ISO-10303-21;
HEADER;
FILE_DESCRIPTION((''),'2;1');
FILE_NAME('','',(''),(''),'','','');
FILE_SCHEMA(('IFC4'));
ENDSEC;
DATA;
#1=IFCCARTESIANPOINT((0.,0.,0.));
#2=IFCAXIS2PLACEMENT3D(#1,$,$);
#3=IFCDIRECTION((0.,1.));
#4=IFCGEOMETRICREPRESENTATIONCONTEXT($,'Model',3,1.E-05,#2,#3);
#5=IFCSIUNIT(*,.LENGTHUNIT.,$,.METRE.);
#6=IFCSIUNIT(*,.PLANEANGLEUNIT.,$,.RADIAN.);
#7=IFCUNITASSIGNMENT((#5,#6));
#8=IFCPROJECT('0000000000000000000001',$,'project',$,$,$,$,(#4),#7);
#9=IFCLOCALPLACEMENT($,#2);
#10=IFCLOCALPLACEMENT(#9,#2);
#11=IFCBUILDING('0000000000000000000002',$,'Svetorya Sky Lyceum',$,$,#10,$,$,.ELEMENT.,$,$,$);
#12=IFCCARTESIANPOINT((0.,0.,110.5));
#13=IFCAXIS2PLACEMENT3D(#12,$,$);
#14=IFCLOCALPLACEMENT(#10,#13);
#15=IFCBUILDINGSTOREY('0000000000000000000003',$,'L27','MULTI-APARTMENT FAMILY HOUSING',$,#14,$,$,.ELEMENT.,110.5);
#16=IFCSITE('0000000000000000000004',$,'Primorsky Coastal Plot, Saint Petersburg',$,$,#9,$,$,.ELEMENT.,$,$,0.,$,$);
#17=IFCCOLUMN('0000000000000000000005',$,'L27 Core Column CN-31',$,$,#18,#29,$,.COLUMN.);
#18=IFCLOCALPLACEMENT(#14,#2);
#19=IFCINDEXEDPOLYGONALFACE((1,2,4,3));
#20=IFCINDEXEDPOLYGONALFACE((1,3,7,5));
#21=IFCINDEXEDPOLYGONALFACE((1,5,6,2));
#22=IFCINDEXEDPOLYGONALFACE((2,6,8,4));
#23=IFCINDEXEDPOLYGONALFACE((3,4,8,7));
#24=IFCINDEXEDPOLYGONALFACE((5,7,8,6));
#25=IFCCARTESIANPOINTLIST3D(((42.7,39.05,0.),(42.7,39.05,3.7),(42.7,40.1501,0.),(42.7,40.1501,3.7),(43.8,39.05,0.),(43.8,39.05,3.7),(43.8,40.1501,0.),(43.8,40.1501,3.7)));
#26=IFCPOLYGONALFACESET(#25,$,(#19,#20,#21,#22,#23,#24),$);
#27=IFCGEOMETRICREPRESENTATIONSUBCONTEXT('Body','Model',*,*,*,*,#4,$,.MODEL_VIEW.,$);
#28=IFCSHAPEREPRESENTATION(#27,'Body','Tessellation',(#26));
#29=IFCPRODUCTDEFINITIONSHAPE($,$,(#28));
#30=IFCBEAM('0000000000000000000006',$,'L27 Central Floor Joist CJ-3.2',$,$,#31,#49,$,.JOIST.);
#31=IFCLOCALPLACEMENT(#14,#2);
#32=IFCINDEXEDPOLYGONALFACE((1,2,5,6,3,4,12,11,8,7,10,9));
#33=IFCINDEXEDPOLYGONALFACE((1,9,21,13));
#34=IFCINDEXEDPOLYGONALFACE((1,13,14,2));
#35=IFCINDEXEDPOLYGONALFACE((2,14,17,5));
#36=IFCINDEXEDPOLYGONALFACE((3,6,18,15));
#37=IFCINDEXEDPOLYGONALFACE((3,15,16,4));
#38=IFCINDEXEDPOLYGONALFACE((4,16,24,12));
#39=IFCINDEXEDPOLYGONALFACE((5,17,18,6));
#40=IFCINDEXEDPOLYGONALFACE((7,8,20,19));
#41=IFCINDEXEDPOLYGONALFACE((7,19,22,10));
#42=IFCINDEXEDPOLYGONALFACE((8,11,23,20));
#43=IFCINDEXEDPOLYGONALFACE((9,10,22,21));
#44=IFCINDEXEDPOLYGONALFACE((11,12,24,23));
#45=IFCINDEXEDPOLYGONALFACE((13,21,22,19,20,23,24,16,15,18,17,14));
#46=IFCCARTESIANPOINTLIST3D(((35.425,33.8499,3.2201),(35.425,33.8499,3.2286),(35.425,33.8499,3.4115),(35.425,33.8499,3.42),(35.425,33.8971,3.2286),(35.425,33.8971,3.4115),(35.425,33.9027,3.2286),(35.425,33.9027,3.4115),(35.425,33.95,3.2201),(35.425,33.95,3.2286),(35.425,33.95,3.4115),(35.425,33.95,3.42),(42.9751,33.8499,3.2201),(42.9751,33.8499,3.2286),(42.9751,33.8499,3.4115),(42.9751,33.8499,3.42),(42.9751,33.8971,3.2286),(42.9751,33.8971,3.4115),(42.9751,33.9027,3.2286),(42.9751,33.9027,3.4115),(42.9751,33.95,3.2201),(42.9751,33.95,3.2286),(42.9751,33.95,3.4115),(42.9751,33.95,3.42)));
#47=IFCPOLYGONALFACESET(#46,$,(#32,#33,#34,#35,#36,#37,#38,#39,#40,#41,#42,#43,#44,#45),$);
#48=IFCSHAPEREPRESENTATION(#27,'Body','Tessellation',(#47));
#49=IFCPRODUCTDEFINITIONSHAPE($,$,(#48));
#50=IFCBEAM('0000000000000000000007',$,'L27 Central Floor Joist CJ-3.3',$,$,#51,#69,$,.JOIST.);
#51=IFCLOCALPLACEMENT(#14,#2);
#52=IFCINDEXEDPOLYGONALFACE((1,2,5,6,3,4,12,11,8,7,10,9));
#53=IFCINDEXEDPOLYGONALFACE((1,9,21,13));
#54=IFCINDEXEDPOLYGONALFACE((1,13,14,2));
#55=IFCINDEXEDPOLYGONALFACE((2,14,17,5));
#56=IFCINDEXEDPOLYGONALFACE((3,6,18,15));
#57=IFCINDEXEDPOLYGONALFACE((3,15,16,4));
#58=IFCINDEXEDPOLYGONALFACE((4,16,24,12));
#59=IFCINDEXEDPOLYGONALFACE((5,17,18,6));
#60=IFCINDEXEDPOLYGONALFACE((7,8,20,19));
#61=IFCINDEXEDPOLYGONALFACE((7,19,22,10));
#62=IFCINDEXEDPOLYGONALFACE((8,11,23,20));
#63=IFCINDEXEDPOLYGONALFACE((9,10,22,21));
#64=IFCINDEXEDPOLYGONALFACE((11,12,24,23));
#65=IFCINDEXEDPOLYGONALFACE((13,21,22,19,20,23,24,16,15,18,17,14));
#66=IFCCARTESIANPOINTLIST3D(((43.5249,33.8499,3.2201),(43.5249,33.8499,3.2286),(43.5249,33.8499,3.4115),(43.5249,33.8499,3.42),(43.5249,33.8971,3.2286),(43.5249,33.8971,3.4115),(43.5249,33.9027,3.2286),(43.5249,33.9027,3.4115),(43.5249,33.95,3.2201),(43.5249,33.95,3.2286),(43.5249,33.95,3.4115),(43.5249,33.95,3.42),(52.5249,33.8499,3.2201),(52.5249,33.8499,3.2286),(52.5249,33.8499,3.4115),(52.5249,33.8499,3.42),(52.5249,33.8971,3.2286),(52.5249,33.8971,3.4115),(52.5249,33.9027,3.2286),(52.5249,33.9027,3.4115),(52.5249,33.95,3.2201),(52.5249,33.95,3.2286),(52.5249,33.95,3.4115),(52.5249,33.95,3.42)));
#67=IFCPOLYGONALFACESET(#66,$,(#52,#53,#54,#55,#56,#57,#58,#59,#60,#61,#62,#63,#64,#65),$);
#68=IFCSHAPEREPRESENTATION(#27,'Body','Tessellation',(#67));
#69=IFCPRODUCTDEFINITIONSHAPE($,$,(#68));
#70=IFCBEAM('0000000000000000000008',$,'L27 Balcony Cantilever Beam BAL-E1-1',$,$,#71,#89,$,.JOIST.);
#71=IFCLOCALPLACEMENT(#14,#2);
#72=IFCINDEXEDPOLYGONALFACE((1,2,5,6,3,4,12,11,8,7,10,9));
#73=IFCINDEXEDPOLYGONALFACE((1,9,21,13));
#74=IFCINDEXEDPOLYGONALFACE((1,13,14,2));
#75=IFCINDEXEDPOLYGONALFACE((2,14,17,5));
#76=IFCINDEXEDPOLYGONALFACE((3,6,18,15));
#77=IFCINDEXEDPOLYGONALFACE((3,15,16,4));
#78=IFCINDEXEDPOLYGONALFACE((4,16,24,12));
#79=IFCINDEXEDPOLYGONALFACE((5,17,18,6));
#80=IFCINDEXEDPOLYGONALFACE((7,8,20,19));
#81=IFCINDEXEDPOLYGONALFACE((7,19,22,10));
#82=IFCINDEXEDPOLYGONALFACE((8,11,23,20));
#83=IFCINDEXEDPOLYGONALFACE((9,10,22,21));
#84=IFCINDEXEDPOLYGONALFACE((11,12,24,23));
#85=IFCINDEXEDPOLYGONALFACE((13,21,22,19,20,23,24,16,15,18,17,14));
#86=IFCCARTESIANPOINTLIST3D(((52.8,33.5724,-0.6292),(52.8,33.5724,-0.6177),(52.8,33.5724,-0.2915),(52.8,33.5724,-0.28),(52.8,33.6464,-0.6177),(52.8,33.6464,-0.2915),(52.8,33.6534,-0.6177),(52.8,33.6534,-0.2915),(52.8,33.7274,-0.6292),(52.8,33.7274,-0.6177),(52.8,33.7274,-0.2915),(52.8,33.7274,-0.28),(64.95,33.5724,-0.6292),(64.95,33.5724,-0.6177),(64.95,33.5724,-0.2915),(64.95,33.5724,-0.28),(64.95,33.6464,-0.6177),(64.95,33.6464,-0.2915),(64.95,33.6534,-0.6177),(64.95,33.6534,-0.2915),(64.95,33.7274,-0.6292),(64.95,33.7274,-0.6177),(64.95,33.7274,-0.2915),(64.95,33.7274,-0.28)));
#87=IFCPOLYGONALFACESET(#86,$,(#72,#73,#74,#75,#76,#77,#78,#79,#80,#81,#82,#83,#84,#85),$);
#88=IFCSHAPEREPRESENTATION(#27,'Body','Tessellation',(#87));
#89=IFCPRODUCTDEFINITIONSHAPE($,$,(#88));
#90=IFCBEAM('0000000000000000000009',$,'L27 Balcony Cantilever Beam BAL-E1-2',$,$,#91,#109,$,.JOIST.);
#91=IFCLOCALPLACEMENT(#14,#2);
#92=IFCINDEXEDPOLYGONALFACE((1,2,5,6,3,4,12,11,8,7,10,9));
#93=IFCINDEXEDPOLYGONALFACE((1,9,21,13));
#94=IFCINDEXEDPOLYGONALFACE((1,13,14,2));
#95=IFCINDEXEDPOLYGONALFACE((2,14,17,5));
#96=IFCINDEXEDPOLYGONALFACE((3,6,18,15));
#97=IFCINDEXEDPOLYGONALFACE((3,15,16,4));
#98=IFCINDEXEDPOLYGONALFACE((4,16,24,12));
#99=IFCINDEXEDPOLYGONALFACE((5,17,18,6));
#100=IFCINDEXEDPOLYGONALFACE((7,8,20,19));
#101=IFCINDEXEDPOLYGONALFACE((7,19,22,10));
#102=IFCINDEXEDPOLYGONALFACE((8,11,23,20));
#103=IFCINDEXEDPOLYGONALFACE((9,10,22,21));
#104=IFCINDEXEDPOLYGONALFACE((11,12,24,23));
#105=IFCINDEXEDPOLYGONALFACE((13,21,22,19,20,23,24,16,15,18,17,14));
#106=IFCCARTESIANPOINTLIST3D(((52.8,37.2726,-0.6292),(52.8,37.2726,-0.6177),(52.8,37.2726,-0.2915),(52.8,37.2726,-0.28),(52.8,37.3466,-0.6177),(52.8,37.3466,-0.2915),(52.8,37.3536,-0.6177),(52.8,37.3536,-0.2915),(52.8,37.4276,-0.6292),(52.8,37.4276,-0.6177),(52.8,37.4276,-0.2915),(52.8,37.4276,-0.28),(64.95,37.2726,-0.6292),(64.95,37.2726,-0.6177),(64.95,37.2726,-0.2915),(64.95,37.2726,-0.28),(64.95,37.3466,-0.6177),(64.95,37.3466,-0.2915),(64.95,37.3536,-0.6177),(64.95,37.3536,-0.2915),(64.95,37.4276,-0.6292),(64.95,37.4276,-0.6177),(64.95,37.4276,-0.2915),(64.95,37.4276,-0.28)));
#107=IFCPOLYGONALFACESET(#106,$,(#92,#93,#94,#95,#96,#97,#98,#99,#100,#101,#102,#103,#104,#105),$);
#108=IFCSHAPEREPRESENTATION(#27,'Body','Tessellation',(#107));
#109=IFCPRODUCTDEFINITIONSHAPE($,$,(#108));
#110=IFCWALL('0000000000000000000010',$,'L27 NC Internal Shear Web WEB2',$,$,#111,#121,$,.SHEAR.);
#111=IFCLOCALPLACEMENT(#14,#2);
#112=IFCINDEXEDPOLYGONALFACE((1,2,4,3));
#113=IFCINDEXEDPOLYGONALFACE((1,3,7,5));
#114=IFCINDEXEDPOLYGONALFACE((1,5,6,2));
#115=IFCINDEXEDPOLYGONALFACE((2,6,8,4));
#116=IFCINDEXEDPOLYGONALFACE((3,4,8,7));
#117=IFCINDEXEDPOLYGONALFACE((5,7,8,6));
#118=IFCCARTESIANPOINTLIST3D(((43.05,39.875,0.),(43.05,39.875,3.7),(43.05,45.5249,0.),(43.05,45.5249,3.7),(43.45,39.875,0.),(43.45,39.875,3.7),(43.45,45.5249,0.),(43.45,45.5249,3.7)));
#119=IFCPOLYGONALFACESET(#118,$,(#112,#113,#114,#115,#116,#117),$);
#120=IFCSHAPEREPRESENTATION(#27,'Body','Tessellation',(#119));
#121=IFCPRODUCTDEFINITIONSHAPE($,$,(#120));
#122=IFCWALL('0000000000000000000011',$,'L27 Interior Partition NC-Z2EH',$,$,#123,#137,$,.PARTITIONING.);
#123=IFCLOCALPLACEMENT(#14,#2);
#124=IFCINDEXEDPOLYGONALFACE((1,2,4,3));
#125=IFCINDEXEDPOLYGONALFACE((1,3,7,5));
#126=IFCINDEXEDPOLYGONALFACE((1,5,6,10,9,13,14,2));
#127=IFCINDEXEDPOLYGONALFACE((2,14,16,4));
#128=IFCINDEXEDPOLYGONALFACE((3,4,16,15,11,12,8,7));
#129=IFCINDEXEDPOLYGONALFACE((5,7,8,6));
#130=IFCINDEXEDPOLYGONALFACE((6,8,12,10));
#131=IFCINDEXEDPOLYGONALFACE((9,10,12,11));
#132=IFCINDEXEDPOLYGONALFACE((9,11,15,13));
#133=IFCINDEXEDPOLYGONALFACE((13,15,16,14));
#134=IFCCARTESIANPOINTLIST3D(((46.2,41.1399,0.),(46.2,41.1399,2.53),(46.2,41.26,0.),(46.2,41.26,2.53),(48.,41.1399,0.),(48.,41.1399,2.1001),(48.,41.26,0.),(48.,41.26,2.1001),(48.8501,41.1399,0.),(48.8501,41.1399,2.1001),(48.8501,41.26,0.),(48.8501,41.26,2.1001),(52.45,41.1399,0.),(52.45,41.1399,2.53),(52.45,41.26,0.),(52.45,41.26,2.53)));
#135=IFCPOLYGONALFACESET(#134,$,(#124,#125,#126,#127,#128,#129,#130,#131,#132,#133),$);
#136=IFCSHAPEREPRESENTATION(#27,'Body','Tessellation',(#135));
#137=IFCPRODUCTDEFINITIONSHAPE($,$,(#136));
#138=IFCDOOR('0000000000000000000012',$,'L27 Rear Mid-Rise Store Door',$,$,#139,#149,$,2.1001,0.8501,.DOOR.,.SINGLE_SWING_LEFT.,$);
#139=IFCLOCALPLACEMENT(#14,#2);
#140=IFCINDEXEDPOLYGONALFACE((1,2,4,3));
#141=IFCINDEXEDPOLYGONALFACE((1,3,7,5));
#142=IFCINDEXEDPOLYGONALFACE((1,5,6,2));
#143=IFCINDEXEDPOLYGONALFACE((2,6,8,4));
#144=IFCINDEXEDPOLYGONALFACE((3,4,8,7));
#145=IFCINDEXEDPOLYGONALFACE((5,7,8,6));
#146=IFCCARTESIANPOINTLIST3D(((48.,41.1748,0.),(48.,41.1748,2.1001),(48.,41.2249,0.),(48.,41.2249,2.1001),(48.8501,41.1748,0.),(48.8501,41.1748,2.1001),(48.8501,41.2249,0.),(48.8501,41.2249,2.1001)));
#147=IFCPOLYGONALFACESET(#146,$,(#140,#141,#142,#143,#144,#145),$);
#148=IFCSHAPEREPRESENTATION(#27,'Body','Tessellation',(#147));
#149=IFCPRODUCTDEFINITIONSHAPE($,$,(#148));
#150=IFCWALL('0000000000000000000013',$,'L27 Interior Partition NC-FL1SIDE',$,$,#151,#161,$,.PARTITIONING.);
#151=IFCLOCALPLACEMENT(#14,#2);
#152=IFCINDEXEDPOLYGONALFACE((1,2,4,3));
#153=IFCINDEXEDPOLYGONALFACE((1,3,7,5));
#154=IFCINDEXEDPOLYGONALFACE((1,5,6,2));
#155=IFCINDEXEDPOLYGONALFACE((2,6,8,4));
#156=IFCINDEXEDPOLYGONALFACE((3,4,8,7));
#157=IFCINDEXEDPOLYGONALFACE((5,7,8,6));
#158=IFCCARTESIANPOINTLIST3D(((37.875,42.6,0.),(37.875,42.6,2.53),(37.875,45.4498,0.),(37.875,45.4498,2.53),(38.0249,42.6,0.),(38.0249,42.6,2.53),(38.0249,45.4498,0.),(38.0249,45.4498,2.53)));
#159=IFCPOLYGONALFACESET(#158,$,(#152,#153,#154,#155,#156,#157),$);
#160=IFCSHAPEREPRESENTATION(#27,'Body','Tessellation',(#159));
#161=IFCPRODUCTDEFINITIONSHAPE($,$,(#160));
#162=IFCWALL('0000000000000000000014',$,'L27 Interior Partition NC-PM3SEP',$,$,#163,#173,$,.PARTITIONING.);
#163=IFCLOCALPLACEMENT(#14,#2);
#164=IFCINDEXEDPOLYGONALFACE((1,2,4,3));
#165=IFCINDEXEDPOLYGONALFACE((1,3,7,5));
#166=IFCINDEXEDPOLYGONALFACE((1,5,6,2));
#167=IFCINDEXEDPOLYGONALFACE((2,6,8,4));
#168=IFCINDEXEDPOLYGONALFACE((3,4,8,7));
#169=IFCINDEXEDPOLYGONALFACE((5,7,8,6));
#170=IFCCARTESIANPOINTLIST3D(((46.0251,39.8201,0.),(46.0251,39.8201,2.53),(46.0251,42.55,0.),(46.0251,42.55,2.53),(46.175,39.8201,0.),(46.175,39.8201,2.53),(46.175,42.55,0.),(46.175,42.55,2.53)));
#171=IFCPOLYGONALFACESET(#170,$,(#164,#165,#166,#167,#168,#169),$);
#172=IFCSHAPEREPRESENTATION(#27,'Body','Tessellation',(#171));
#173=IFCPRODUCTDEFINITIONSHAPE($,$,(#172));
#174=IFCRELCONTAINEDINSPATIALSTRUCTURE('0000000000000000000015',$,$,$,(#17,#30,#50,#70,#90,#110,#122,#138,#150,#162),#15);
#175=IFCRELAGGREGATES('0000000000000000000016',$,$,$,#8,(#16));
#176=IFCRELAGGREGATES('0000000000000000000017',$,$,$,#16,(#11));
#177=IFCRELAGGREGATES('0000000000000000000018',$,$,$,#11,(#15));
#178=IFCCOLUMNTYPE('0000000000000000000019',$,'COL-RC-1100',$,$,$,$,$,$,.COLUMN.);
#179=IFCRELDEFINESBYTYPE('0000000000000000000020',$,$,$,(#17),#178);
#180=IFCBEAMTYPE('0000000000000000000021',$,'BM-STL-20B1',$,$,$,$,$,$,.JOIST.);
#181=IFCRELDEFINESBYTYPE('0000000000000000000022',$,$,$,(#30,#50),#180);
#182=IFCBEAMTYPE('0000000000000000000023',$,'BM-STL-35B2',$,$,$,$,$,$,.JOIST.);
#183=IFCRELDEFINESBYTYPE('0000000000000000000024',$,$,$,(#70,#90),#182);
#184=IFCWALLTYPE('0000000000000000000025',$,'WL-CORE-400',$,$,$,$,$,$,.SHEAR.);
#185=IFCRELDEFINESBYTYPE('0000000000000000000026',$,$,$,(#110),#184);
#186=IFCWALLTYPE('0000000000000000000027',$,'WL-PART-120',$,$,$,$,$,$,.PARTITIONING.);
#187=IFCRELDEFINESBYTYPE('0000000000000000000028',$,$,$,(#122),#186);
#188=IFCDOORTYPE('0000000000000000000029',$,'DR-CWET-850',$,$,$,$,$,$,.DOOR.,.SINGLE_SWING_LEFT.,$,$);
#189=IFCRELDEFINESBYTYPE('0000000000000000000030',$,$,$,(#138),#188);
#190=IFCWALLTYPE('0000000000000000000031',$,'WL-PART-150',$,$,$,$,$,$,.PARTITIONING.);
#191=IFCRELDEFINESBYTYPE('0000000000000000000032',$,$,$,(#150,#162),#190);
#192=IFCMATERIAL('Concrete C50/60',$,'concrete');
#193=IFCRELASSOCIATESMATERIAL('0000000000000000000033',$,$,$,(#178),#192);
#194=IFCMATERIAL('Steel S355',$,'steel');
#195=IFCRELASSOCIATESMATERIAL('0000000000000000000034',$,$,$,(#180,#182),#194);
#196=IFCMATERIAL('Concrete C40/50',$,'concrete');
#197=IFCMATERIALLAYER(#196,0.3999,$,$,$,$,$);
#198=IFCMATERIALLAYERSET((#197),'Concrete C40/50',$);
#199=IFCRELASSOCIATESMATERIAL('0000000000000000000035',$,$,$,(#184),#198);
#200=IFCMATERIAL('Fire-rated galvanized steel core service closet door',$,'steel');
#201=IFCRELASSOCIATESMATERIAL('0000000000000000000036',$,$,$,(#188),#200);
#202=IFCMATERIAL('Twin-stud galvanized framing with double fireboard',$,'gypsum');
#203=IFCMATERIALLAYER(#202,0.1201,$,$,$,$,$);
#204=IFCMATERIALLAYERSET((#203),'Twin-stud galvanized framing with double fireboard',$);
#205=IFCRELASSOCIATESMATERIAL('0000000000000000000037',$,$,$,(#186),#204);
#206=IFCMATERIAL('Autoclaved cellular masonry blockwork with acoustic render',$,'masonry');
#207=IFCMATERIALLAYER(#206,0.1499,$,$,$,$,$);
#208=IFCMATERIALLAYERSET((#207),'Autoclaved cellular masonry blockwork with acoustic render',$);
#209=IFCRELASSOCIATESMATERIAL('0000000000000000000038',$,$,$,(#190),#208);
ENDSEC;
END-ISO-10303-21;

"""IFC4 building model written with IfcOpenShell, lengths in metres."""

from ifc_helpers import new_model, si_unit, direction, frame, frame_2d, origin, origin_2d, place, context, subcontext, project, spatial, rectangle, i_section, extrude, material, layer, layer_set, material_profile, profile_set, type_object, element, fill, save


model = new_model("IFC4")

# Units and contexts
model_context = context("Model", 3, precision=1e-05, world=origin(), true_north=direction((0.0, 1.0)))
body_context = subcontext(model_context, "Body", "Model", "MODEL_VIEW")
ifc_project = project(units=[si_unit("LENGTHUNIT", "METRE"), si_unit("PLANEANGLEUNIT", "RADIAN")], contexts=[model_context])

# Site, building, storey
site_placement = place(None, origin())
site = spatial("IfcSite", under=ifc_project, at=site_placement, Name="Primorsky Coastal Plot, Saint Petersburg", CompositionType="ELEMENT", RefElevation=0.0)
building_placement = place(site_placement, origin())
building = spatial("IfcBuilding", under=site, at=building_placement, Name="Svetorya Sky Lyceum", CompositionType="ELEMENT")
storey_placement = place(building_placement, frame((0.0, 0.0, 110.5)))
storey = spatial("IfcBuildingStorey", under=building, at=storey_placement, Name="L27", Description="MULTI-APARTMENT FAMILY HOUSING", CompositionType="ELEMENT", Elevation=110.5)

# Column
ifc_material_1 = material(Name="Concrete C50/60", Category="concrete")
ifc_material_profile_1 = material_profile(ifc_material_1, rectangle(XDim=1.1001, YDim=1.1001, at=origin_2d()), Name="RC COL 1100x1100")
ifc_profile_set_1 = profile_set([ifc_material_profile_1], Name="Concrete C50/60")
column_type = type_object("IfcColumnType", Name="COL-RC-1100", PredefinedType="COLUMN", material=ifc_profile_set_1)
column_placement = place(storey_placement, frame((43.25, 39.6001, 0.0), z_axis=(0.0, 0.0, 1.0), x_axis=(1.0, 0.0, 0.0)))
element("IfcColumn", 1, at=column_placement, inside=storey, type_object=column_type, Name="L27 Core Column CN-31", PredefinedType="COLUMN", context=body_context, shape_type="SweptSolid", body=[
    extrude(rectangle(XDim=1.1001, YDim=1.1001, at=origin_2d()), origin(), (0.0, 0.0, 1.0), 3.7),
])

# Beams
ifc_material_2 = material(Name="Steel S355", Category="steel")
ifc_material_profile_2 = material_profile(ifc_material_2, i_section(OverallWidth=0.1001, OverallDepth=0.2, WebThickness=0.0056, FlangeThickness=0.0085, at=origin_2d()), Name="GOST 20B1")
ifc_profile_set_2 = profile_set([ifc_material_profile_2], Name="Steel S355")
beam_type_1 = type_object("IfcBeamType", Name="BM-STL-20B1", PredefinedType="JOIST", material=ifc_profile_set_2)
beam_1_placement = place(storey_placement, frame((35.425, 33.8999, 3.3201), z_axis=(1.0, 0.0, 0.0), x_axis=(0.0, 1.0, 0.0)))
element("IfcBeam", 2, at=beam_1_placement, inside=storey, type_object=beam_type_1, Name="L27 Central Floor Joist CJ-3.2", PredefinedType="JOIST", context=body_context, shape_type="SweptSolid", body=[
    extrude(i_section(OverallWidth=0.1001, OverallDepth=0.2, WebThickness=0.0056, FlangeThickness=0.0085, at=origin_2d()), origin(), (0.0, 0.0, 1.0), 7.55),
])
beam_2_placement = place(storey_placement, frame((43.5249, 33.8999, 3.3201), z_axis=(1.0, 0.0, 0.0), x_axis=(0.0, 1.0, 0.0)))
element("IfcBeam", 3, at=beam_2_placement, inside=storey, type_object=beam_type_1, Name="L27 Central Floor Joist CJ-3.3", PredefinedType="JOIST", context=body_context, shape_type="SweptSolid", body=[
    extrude(i_section(OverallWidth=0.1001, OverallDepth=0.2, WebThickness=0.0056, FlangeThickness=0.0085, at=origin_2d()), origin(), (0.0, 0.0, 1.0), 9.0),
])
ifc_material_profile_3 = material_profile(ifc_material_2, i_section(OverallWidth=0.155, OverallDepth=0.3491, WebThickness=0.0071, FlangeThickness=0.0115, at=origin_2d()), Name="GOST 35B2")
ifc_profile_set_3 = profile_set([ifc_material_profile_3], Name="Steel S355")
beam_type_2 = type_object("IfcBeamType", Name="BM-STL-35B2", PredefinedType="JOIST", material=ifc_profile_set_3)
for number, where, z_axis, x_axis, name in (
    (4, (52.8, 33.6499, -0.4546), (1.0, 0.0, 0.0), (0.0, 1.0, 0.0), "L27 Balcony Cantilever Beam BAL-E1-1"),
    (5, (52.8, 37.3501, -0.4546), (1.0, 0.0, 0.0), (0.0, 1.0, 0.0), "L27 Balcony Cantilever Beam BAL-E1-2"),
):
    element("IfcBeam", number, at=place(storey_placement, frame(where, z_axis=z_axis, x_axis=x_axis)), inside=storey, type_object=beam_type_2, Name=name, PredefinedType="JOIST", context=body_context, shape_type="SweptSolid", body=[
        extrude(i_section(OverallWidth=0.155, OverallDepth=0.3491, WebThickness=0.0071, FlangeThickness=0.0115, at=origin_2d()), origin(), (0.0, 0.0, 1.0), 12.1499),
    ])

# Wall
ifc_material_3 = material(Name="Concrete C40/50", Category="concrete")
ifc_layer_1 = layer(ifc_material_3, 0.3999)
ifc_layer_set_1 = layer_set([ifc_layer_1], Name="Concrete C40/50")
wall_type_1 = type_object("IfcWallType", Name="WL-CORE-400", PredefinedType="SHEAR", material=ifc_layer_set_1)
wall_1_placement = place(storey_placement, frame((43.25, 39.875, 0.0), z_axis=(0.0, 0.0, 1.0), x_axis=(0.0, 1.0, 0.0)))
element("IfcWall", 6, at=wall_1_placement, inside=storey, type_object=wall_type_1, Name="L27 NC Internal Shear Web WEB2", PredefinedType="SHEAR", context=body_context, shape_type="SweptSolid", body=[
    extrude(rectangle(XDim=5.6499, YDim=0.3999, at=frame_2d((2.825, 0.0))), origin(), (0.0, 0.0, 1.0), 3.7),
])

# Shared definitions
ifc_material_4 = material(Name="Fire-rated galvanized steel core service closet door", Category="steel")
door_type_1 = type_object("IfcDoorType", Name="DR-CWET-850", OperationType="SINGLE_SWING_LEFT", PredefinedType="DOOR", material=ifc_material_4)

# Wall, opening, door
ifc_material_5 = material(Name="Twin-stud galvanized framing with double fireboard", Category="gypsum")
ifc_layer_2 = layer(ifc_material_5, 0.1201)
ifc_layer_set_2 = layer_set([ifc_layer_2], Name="Twin-stud galvanized framing with double fireboard")
wall_type_2 = type_object("IfcWallType", Name="WL-PART-120", PredefinedType="PARTITIONING", material=ifc_layer_set_2)
wall_2_placement = place(storey_placement, frame((46.2, 41.2, 0.0), z_axis=(0.0, 0.0, 1.0), x_axis=(1.0, 0.0, 0.0)))
wall_2 = element("IfcWall", 7, at=wall_2_placement, inside=storey, type_object=wall_type_2, Name="L27 Interior Partition NC-Z2EH", PredefinedType="PARTITIONING", context=body_context, shape_type="SweptSolid", body=[
    extrude(rectangle(XDim=6.25, YDim=0.1201, at=frame_2d((3.125, 0.0))), origin(), (0.0, 0.0, 1.0), 2.53),
])
opening_1_placement = place(wall_2_placement, frame((1.8, 0.0, 0.0)))
opening_1 = element("IfcOpeningElement", 8, at=opening_1_placement, cuts=wall_2, PredefinedType="OPENING", context=body_context, shape_type="SweptSolid", body=[
    extrude(rectangle(XDim=0.8501, YDim=2.1001, at=frame_2d((0.425, 1.05))), frame((0.0, 0.0701, 0.0), z_axis=(0.0, -1.0, 0.0), x_axis=(1.0, 0.0, 0.0)), (0.0, 0.0, 1.0), 0.1401),
])
door_1_placement = place(opening_1_placement, origin())
door_1 = element("IfcDoor", 9, at=door_1_placement, inside=storey, type_object=door_type_1, Name="L27 Rear Mid-Rise Store Door", OperationType="SINGLE_SWING_LEFT", OverallHeight=2.1001, OverallWidth=0.8501, PredefinedType="DOOR", context=body_context, shape_type="SweptSolid", body=[
    extrude(rectangle(XDim=0.8501, YDim=2.1001, at=frame_2d((0.425, 1.05))), frame((0.0, 0.0249, 0.0), z_axis=(0.0, -1.0, 0.0), x_axis=(1.0, 0.0, 0.0)), (0.0, 0.0, 1.0), 0.05),
])
fill(opening_1, door_1)

# Walls
ifc_material_6 = material(Name="Autoclaved cellular masonry blockwork with acoustic render", Category="masonry")
ifc_layer_3 = layer(ifc_material_6, 0.1499)
ifc_layer_set_3 = layer_set([ifc_layer_3], Name="Autoclaved cellular masonry blockwork with acoustic render")
wall_type_3 = type_object("IfcWallType", Name="WL-PART-150", PredefinedType="PARTITIONING", material=ifc_layer_set_3)
wall_3_placement = place(storey_placement, frame((37.95, 42.6001, 0.0), z_axis=(0.0, 0.0, 1.0), x_axis=(0.0, 1.0, 0.0)))
element("IfcWall", 10, at=wall_3_placement, inside=storey, type_object=wall_type_3, Name="L27 Interior Partition NC-FL1SIDE", PredefinedType="PARTITIONING", context=body_context, shape_type="SweptSolid", body=[
    extrude(rectangle(XDim=2.8499, YDim=0.1499, at=frame_2d((1.4248, 0.0))), origin(), (0.0, 0.0, 1.0), 2.53),
])
wall_4_placement = place(storey_placement, frame((46.1001, 39.8201, 0.0), z_axis=(0.0, 0.0, 1.0), x_axis=(0.0, 1.0, 0.0)))
element("IfcWall", 11, at=wall_4_placement, inside=storey, type_object=wall_type_3, Name="L27 Interior Partition NC-PM3SEP", PredefinedType="PARTITIONING", context=body_context, shape_type="SweptSolid", body=[
    extrude(rectangle(XDim=2.73, YDim=0.1499, at=frame_2d((1.365, 0.0))), origin(), (0.0, 0.0, 1.0), 2.53),
])

save(model, "model.ifc")
